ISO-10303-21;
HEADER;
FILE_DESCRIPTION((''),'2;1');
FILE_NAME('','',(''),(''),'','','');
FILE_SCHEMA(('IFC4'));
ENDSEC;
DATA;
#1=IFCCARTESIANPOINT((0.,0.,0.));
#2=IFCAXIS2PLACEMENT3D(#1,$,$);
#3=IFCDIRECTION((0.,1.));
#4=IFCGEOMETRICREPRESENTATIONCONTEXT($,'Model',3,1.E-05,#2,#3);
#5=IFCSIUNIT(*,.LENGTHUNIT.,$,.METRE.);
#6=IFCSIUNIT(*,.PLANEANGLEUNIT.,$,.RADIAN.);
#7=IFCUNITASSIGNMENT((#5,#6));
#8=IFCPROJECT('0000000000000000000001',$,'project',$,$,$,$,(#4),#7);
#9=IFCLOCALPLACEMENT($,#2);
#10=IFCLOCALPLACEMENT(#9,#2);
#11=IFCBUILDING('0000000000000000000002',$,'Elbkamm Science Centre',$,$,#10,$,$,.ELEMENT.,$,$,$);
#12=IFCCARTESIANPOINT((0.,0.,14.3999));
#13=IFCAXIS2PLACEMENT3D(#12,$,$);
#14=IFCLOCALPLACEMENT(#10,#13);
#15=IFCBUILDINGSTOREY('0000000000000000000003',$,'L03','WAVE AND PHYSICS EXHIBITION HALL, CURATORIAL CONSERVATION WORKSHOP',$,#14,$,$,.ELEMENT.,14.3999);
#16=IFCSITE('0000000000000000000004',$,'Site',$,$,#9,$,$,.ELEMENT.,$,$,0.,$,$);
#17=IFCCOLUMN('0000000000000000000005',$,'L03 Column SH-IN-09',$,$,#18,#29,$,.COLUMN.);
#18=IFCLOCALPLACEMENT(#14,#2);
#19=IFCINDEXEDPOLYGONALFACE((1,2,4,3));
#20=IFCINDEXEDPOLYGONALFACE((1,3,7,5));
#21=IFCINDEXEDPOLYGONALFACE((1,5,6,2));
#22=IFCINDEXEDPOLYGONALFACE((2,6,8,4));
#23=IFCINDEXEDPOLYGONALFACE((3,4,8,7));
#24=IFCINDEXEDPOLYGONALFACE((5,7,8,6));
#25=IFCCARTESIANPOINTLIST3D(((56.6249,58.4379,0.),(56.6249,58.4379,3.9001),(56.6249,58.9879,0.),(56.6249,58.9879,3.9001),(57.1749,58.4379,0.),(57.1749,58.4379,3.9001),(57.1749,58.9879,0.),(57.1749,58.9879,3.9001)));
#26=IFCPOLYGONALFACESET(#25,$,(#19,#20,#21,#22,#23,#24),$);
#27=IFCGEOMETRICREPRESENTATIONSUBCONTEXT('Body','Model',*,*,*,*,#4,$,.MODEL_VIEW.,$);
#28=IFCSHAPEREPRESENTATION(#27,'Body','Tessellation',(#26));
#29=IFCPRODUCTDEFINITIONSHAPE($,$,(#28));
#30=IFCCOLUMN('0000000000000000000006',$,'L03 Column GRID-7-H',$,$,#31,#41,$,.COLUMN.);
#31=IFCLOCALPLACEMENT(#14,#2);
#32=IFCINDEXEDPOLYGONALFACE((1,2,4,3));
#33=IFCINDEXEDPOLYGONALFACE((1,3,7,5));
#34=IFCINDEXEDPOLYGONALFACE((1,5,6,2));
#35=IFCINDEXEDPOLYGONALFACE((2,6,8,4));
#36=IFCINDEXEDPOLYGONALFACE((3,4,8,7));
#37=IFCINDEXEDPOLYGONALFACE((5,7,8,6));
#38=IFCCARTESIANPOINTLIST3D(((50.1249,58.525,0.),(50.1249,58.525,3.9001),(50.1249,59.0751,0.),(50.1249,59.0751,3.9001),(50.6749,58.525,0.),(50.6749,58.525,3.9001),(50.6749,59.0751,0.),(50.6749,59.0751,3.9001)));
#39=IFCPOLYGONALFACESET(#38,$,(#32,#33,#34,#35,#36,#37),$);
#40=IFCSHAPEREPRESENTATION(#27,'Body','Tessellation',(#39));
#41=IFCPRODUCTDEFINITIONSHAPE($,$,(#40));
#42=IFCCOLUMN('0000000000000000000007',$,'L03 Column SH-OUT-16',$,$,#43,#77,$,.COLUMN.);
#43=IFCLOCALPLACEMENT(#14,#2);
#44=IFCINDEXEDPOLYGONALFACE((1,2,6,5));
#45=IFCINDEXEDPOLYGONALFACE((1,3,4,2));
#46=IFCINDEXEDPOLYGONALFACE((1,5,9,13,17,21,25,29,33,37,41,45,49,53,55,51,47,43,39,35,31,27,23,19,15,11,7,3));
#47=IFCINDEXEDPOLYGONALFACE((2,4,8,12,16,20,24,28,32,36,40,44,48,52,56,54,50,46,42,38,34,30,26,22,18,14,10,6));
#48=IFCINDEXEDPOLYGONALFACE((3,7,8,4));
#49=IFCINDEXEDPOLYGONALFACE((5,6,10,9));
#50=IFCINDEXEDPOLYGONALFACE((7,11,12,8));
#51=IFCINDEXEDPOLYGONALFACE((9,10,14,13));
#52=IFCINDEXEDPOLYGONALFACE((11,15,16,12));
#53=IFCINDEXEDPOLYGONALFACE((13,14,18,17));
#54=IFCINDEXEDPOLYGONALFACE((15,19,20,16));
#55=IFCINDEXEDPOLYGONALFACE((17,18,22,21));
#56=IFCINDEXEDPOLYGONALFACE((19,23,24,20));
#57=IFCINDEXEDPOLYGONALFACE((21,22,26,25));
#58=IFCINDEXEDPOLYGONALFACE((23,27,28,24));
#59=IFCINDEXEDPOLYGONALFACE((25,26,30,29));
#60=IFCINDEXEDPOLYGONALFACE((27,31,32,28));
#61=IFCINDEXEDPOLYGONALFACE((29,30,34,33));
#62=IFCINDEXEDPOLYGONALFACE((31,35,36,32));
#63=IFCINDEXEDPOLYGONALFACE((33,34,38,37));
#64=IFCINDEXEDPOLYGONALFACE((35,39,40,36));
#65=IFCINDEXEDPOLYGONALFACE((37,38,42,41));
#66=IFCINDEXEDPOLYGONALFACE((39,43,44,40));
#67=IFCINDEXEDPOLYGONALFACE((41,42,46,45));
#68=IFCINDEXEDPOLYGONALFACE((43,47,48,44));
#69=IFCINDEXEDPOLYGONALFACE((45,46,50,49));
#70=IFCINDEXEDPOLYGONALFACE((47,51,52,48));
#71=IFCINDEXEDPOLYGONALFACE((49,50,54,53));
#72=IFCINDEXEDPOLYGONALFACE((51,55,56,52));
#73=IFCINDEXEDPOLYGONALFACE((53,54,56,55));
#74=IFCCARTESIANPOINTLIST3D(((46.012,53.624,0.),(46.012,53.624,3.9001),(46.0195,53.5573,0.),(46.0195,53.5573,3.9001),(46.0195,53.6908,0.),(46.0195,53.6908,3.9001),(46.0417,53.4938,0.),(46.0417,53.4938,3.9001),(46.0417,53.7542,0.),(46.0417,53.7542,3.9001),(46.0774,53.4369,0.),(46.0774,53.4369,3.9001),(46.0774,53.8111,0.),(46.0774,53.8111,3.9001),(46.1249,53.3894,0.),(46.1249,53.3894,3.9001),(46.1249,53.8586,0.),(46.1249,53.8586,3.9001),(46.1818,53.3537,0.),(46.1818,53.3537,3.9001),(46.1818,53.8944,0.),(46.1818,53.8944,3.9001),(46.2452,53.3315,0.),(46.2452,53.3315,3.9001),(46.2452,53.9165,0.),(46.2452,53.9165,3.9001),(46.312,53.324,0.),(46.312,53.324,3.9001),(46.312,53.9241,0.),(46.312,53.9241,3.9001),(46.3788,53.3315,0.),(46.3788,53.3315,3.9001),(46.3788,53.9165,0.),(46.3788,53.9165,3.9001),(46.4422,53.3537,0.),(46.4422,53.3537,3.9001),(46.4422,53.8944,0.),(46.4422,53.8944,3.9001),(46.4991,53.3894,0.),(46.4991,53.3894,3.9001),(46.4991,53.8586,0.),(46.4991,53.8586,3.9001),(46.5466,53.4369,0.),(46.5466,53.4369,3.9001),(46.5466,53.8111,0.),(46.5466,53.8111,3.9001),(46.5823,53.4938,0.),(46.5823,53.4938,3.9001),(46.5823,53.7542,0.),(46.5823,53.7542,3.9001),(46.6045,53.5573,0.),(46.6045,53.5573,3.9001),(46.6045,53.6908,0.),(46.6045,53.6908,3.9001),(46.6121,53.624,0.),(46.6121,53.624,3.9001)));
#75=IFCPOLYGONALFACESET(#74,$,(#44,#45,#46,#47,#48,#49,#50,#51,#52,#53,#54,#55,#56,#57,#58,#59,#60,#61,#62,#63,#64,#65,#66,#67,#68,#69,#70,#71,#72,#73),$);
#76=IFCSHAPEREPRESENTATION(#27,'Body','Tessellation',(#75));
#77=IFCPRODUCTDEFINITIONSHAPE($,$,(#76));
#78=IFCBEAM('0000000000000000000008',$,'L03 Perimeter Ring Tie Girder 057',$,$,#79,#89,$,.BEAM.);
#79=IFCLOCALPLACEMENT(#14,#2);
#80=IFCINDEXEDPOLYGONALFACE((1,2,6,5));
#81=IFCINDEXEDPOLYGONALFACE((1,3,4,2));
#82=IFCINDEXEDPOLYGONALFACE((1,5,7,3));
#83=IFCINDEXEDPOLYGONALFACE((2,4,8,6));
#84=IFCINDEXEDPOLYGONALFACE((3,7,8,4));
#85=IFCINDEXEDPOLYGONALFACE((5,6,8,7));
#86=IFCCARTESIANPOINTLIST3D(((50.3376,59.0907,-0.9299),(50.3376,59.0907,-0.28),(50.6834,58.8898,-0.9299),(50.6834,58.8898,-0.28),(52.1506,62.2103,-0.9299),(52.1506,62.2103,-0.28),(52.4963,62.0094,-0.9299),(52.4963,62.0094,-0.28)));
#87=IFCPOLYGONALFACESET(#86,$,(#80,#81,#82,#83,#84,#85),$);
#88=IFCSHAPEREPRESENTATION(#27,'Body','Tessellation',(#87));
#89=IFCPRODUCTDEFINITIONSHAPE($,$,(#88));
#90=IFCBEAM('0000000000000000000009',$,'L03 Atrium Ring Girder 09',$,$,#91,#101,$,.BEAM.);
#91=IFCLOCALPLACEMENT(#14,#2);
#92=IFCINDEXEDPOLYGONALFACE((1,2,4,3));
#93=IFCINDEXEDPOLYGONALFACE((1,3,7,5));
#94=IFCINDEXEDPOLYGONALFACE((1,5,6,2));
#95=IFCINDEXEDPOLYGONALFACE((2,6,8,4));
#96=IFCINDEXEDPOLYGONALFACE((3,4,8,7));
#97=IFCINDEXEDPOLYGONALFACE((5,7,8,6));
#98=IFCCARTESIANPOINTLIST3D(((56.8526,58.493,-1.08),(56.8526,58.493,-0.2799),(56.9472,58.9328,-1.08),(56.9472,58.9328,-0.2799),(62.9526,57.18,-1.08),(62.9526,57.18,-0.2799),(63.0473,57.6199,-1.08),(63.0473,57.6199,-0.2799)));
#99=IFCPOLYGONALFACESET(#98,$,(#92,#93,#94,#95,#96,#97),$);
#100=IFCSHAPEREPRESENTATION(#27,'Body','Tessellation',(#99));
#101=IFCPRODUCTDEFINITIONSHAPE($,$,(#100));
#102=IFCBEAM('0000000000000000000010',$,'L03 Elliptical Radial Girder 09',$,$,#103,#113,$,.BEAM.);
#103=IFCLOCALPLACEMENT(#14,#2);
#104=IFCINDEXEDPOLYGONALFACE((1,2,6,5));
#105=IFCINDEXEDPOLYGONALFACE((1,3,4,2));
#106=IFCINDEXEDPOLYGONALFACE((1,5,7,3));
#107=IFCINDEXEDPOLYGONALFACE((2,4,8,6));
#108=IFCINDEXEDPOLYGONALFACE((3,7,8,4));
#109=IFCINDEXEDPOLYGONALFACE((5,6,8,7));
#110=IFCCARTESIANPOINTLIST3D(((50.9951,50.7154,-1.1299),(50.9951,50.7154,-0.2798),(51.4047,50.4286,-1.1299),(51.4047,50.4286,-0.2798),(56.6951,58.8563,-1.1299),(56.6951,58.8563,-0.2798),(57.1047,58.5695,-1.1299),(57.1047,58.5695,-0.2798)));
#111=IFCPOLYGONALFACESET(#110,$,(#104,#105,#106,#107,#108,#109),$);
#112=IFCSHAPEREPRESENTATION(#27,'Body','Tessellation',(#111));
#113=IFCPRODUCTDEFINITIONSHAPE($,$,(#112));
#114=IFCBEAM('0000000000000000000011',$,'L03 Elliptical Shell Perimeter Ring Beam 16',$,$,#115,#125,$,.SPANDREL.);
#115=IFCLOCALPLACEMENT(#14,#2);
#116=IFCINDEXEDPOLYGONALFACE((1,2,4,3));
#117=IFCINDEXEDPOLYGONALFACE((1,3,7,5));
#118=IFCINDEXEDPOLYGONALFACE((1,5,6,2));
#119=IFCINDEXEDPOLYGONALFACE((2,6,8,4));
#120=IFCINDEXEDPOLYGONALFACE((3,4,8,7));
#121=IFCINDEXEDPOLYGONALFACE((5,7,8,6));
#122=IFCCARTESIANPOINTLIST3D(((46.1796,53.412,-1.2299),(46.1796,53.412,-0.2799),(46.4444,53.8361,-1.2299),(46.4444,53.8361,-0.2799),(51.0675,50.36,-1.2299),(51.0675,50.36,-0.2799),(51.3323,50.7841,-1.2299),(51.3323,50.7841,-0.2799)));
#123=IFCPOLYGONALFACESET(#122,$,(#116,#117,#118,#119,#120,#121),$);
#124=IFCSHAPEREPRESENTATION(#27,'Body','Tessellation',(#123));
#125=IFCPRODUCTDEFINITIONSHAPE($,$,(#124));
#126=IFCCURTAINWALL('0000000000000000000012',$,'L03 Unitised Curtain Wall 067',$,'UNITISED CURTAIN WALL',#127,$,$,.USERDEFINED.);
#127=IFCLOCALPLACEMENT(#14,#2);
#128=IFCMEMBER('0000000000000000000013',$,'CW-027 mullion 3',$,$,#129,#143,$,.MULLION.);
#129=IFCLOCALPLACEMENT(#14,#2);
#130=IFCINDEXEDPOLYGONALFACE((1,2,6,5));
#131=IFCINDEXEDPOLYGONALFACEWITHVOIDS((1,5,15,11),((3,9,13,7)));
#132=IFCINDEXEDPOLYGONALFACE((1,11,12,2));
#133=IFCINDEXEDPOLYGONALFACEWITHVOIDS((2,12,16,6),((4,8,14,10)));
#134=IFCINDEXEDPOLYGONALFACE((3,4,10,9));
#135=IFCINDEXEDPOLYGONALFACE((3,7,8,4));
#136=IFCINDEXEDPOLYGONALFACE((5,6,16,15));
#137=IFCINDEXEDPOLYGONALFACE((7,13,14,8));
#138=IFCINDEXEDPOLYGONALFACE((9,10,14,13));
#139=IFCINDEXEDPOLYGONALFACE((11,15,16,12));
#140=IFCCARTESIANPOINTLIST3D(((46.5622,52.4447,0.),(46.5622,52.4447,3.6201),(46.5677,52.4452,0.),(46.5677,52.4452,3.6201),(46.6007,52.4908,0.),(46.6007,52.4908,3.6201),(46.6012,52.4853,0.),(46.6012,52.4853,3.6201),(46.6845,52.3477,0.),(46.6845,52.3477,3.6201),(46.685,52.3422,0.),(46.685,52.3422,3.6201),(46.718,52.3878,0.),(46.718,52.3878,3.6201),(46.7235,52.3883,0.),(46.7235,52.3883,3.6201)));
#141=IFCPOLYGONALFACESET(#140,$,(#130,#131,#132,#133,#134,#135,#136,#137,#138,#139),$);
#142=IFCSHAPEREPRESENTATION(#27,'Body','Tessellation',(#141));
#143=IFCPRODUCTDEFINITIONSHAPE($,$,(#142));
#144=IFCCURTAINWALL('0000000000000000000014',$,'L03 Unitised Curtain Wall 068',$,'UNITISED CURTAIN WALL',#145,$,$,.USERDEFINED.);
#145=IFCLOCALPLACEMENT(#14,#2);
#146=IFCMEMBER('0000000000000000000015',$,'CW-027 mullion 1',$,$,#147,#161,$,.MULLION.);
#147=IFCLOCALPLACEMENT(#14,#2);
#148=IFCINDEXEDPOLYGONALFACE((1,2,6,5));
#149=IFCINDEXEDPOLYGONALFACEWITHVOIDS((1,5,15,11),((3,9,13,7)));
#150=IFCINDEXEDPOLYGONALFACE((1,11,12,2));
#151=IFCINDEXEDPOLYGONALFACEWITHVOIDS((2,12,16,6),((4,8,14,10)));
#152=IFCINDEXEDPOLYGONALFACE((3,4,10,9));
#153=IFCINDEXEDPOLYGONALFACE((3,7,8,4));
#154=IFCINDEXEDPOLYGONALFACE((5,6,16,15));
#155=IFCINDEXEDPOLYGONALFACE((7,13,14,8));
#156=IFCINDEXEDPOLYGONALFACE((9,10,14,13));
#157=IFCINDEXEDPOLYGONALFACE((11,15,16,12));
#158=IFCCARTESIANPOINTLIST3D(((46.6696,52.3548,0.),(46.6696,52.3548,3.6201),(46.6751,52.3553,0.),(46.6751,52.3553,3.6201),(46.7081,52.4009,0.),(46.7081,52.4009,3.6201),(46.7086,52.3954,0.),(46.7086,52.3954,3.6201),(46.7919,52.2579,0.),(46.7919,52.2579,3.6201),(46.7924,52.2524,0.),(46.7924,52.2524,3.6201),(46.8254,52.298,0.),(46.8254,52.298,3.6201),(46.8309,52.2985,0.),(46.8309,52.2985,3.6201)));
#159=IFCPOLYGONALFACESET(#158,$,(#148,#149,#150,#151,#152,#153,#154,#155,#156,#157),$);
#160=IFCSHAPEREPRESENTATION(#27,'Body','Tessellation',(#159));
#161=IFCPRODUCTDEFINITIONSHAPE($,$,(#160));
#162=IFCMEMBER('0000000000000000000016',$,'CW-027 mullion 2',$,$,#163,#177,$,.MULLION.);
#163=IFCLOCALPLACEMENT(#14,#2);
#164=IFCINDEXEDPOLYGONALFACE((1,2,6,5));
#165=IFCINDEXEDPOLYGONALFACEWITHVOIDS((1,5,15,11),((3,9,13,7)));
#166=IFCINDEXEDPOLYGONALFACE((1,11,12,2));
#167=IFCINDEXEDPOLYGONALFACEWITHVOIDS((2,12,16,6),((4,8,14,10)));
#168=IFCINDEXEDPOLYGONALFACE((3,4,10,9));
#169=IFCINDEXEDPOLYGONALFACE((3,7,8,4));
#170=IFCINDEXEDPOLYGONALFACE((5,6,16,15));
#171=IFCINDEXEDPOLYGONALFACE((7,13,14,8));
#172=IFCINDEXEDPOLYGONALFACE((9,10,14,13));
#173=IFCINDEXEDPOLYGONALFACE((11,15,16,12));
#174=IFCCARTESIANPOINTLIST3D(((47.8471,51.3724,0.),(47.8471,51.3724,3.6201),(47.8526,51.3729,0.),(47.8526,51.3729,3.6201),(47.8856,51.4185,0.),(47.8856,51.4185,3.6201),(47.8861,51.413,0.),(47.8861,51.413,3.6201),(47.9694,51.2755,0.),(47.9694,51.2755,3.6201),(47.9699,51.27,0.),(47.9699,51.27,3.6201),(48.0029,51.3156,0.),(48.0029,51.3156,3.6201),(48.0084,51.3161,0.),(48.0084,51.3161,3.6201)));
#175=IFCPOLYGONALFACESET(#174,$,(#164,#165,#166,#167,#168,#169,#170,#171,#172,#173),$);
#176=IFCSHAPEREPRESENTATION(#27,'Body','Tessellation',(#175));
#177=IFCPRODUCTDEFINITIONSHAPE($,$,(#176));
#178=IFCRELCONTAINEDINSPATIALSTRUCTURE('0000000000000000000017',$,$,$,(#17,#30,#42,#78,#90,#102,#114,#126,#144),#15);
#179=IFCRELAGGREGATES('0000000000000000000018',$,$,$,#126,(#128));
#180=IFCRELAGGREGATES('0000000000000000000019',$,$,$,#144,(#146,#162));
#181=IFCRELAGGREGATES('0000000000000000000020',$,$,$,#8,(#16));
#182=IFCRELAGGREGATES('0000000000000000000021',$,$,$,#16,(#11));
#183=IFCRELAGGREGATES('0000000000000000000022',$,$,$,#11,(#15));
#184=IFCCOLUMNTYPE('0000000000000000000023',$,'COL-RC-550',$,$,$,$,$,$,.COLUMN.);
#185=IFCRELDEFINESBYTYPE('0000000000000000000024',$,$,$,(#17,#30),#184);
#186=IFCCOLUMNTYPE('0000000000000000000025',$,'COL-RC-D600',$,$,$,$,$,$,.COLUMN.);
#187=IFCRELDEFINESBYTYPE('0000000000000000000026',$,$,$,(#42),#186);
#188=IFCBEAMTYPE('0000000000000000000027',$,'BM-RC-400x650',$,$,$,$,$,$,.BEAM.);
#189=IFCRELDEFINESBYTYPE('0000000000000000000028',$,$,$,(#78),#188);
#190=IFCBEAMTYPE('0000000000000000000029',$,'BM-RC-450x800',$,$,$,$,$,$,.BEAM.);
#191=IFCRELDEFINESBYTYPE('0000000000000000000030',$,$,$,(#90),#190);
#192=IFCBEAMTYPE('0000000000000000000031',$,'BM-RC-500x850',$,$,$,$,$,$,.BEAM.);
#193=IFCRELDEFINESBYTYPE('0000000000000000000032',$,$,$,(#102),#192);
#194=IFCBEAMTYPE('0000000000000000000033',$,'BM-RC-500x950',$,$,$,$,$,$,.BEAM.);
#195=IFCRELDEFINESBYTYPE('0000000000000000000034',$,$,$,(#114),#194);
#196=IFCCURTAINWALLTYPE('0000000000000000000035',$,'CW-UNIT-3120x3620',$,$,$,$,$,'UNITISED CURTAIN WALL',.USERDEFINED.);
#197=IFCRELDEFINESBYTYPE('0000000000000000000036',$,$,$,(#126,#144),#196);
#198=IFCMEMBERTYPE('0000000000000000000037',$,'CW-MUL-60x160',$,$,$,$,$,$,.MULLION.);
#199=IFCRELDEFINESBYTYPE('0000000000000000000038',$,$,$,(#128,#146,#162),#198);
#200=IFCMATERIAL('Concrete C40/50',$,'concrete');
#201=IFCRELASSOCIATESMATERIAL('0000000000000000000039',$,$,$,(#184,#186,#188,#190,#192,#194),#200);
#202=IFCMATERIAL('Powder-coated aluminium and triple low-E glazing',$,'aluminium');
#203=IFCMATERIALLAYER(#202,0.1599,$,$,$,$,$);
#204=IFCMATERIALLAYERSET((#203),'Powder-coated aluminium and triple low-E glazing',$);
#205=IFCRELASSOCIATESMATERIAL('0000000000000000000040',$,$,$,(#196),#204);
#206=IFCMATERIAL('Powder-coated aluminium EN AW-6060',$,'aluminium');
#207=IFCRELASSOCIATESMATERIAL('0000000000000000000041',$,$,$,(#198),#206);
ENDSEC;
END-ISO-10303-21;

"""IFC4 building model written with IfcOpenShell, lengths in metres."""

from ifc_helpers import new_model, si_unit, direction, frame, origin, origin_2d, place, context, subcontext, project, spatial, rectangle, hollow_rectangle, circle, extrude, material, layer, layer_set, material_profile, profile_set, type_object, element, aggregate, save


model = new_model("IFC4")

# Units and contexts
model_context = context("Model", 3, precision=1e-05, world=origin(), true_north=direction((0.0, 1.0)))
body_context = subcontext(model_context, "Body", "Model", "MODEL_VIEW")
ifc_project = project(units=[si_unit("LENGTHUNIT", "METRE"), si_unit("PLANEANGLEUNIT", "RADIAN")], contexts=[model_context])

# Site, building, storey
site_placement = place(None, origin())
site = spatial("IfcSite", under=ifc_project, at=site_placement, Name="Site", CompositionType="ELEMENT", RefElevation=0.0)
building_placement = place(site_placement, origin())
building = spatial("IfcBuilding", under=site, at=building_placement, Name="Elbkamm Science Centre", CompositionType="ELEMENT")
storey_placement = place(building_placement, frame((0.0, 0.0, 14.3999)))
storey = spatial("IfcBuildingStorey", under=building, at=storey_placement, Name="L03", Description="WAVE AND PHYSICS EXHIBITION HALL, CURATORIAL CONSERVATION WORKSHOP", CompositionType="ELEMENT", Elevation=14.3999)

# Columns
ifc_material_1 = material(Name="Concrete C40/50", Category="concrete")
ifc_material_profile_1 = material_profile(ifc_material_1, rectangle(XDim=0.55, YDim=0.55, at=origin_2d()), Name="RC 550x550")
ifc_profile_set_1 = profile_set([ifc_material_profile_1], Name="Concrete C40/50")
column_type_1 = type_object("IfcColumnType", Name="COL-RC-550", PredefinedType="COLUMN", material=ifc_profile_set_1)
for number, where, z_axis, x_axis, name in (
    (1, (56.8999, 58.7129, 0.0), (0.0, 0.0, 1.0), (1.0, 0.0, 0.0), "L03 Column SH-IN-09"),
    (2, (50.3999, 58.8, 0.0), (0.0, 0.0, 1.0), (1.0, 0.0, 0.0), "L03 Column GRID-7-H"),
):
    element("IfcColumn", number, at=place(storey_placement, frame(where, z_axis=z_axis, x_axis=x_axis)), inside=storey, type_object=column_type_1, Name=name, PredefinedType="COLUMN", context=body_context, shape_type="SweptSolid", body=[
        extrude(rectangle(XDim=0.55, YDim=0.55, at=origin_2d()), origin(), (0.0, 0.0, 1.0), 3.9001),
    ])
ifc_material_profile_2 = material_profile(ifc_material_1, circle(Radius=0.3, at=origin_2d()), Name="RC D600")
ifc_profile_set_2 = profile_set([ifc_material_profile_2], Name="Concrete C40/50")
column_type_2 = type_object("IfcColumnType", Name="COL-RC-D600", PredefinedType="COLUMN", material=ifc_profile_set_2)
column_placement = place(storey_placement, frame((46.312, 53.624, 0.0), z_axis=(0.0, 0.0, 1.0), x_axis=(1.0, 0.0, 0.0)))
element("IfcColumn", 3, at=column_placement, inside=storey, type_object=column_type_2, Name="L03 Column SH-OUT-16", PredefinedType="COLUMN", context=body_context, shape_type="SweptSolid", body=[
    extrude(circle(Radius=0.3, at=origin_2d()), origin(), (0.0, 0.0, 1.0), 3.9001),
])

# Beams
ifc_material_profile_3 = material_profile(ifc_material_1, rectangle(XDim=0.3999, YDim=0.6499, at=origin_2d()), Name="RC 400x650")
ifc_profile_set_3 = profile_set([ifc_material_profile_3], Name="Concrete C40/50")
beam_type_1 = type_object("IfcBeamType", Name="BM-RC-400x650", PredefinedType="BEAM", material=ifc_profile_set_3)
beam_1_placement = place(storey_placement, frame((50.5105, 58.9902, -0.605), z_axis=(0.502465, 0.864597, 0.0), x_axis=(-0.864597, 0.502465, 0.0)))
element("IfcBeam", 4, at=beam_1_placement, inside=storey, type_object=beam_type_1, Name="L03 Perimeter Ring Tie Girder 057", PredefinedType="BEAM", context=body_context, shape_type="SweptSolid", body=[
    extrude(rectangle(XDim=0.3999, YDim=0.6499, at=origin_2d()), origin(), (0.0, 0.0, 1.0), 3.6082),
])
ifc_material_profile_4 = material_profile(ifc_material_1, rectangle(XDim=0.45, YDim=0.8, at=origin_2d()), Name="RC 450x800")
ifc_profile_set_4 = profile_set([ifc_material_profile_4], Name="Concrete C40/50")
beam_type_2 = type_object("IfcBeamType", Name="BM-RC-450x800", PredefinedType="BEAM", material=ifc_profile_set_4)
beam_2_placement = place(storey_placement, frame((56.8999, 58.7129, -0.6799), z_axis=(0.977611, -0.210421, 0.0), x_axis=(0.210421, 0.977611, 0.0)))
element("IfcBeam", 5, at=beam_2_placement, inside=storey, type_object=beam_type_2, Name="L03 Atrium Ring Girder 09", PredefinedType="BEAM", context=body_context, shape_type="SweptSolid", body=[
    extrude(rectangle(XDim=0.45, YDim=0.8, at=origin_2d()), origin(), (0.0, 0.0, 1.0), 6.2397),
])
ifc_material_profile_5 = material_profile(ifc_material_1, rectangle(XDim=0.5, YDim=0.8501, at=origin_2d()), Name="RC 500x850")
ifc_profile_set_5 = profile_set([ifc_material_profile_5], Name="Concrete C40/50")
beam_type_3 = type_object("IfcBeamType", Name="BM-RC-500x850", PredefinedType="BEAM", material=ifc_profile_set_5)
beam_3_placement = place(storey_placement, frame((56.8999, 58.7129, -0.7048), z_axis=(-0.573553, -0.819168, 0.0), x_axis=(0.819168, -0.573553, 0.0)))
element("IfcBeam", 6, at=beam_3_placement, inside=storey, type_object=beam_type_3, Name="L03 Elliptical Radial Girder 09", PredefinedType="BEAM", context=body_context, shape_type="SweptSolid", body=[
    extrude(rectangle(XDim=0.5, YDim=0.8501, at=origin_2d()), origin(), (0.0, 0.0, 1.0), 9.938),
])
ifc_material_profile_6 = material_profile(ifc_material_1, rectangle(XDim=0.5, YDim=0.95, at=origin_2d()), Name="RC 500x950")
ifc_profile_set_6 = profile_set([ifc_material_profile_6], Name="Concrete C40/50")
beam_type_4 = type_object("IfcBeamType", Name="BM-RC-500x950", PredefinedType="BEAM", material=ifc_profile_set_6)
beam_4_placement = place(storey_placement, frame((46.312, 53.624, -0.7549), z_axis=(0.848229, -0.529629, 0.0), x_axis=(0.529629, 0.848229, 0.0)))
element("IfcBeam", 7, at=beam_4_placement, inside=storey, type_object=beam_type_4, Name="L03 Elliptical Shell Perimeter Ring Beam 16", PredefinedType="SPANDREL", context=body_context, shape_type="SweptSolid", body=[
    extrude(rectangle(XDim=0.5, YDim=0.95, at=origin_2d()), origin(), (0.0, 0.0, 1.0), 5.7625),
])

# Curtain wall, member
ifc_material_2 = material(Name="Powder-coated aluminium and triple low-E glazing", Category="aluminium")
ifc_layer_1 = layer(ifc_material_2, 0.1599)
ifc_layer_set_1 = layer_set([ifc_layer_1], Name="Powder-coated aluminium and triple low-E glazing")
curtain_wall_type = type_object("IfcCurtainWallType", Name="CW-UNIT-3120x3620", ElementType="UNITISED CURTAIN WALL", PredefinedType="USERDEFINED", material=ifc_layer_set_1)
curtain_wall_1_placement = place(storey_placement, origin())
curtain_wall_1 = element("IfcCurtainWall", 8, at=curtain_wall_1_placement, inside=storey, type_object=curtain_wall_type, Name="L03 Unitised Curtain Wall 067", ObjectType="UNITISED CURTAIN WALL", PredefinedType="USERDEFINED")
ifc_material_3 = material(Name="Powder-coated aluminium EN AW-6060", Category="aluminium")
ifc_material_profile_7 = material_profile(ifc_material_3, hollow_rectangle(XDim=0.0601, YDim=0.1599, WallThickness=0.0039, at=origin_2d()), Name="ALU M60x160")
ifc_profile_set_7 = profile_set([ifc_material_profile_7], Name="Powder-coated aluminium EN AW-6060")
member_type_1 = type_object("IfcMemberType", Name="CW-MUL-60x160", PredefinedType="MULLION", material=ifc_profile_set_7)
member_1_placement = place(storey_placement, frame((46.6428, 52.4165, 0.0), z_axis=(0.0, 0.0, 1.0), x_axis=(0.640647, 0.767836, 0.0)))
member_1 = element("IfcMember", 9, at=member_1_placement, type_object=member_type_1, Name="CW-027 mullion 3", PredefinedType="MULLION", context=body_context, shape_type="SweptSolid", body=[
    extrude(hollow_rectangle(XDim=0.0601, YDim=0.1599, WallThickness=0.0039, at=origin_2d()), origin(), (0.0, 0.0, 1.0), 3.6201),
])

# Curtain wall, members
curtain_wall_2_placement = place(storey_placement, origin())
curtain_wall_2 = element("IfcCurtainWall", 10, at=curtain_wall_2_placement, inside=storey, type_object=curtain_wall_type, Name="L03 Unitised Curtain Wall 068", ObjectType="UNITISED CURTAIN WALL", PredefinedType="USERDEFINED")
member_2_placement = place(storey_placement, frame((46.7502, 52.3267, 0.0), z_axis=(0.0, 0.0, 1.0), x_axis=(0.640647, 0.767836, 0.0)))
member_2 = element("IfcMember", 11, at=member_2_placement, type_object=member_type_1, Name="CW-027 mullion 1", PredefinedType="MULLION", context=body_context, shape_type="SweptSolid", body=[
    extrude(hollow_rectangle(XDim=0.0601, YDim=0.1599, WallThickness=0.0039, at=origin_2d()), origin(), (0.0, 0.0, 1.0), 3.6201),
])
member_3_placement = place(storey_placement, frame((47.9277, 51.3442, 0.0), z_axis=(0.0, 0.0, 1.0), x_axis=(0.640647, 0.767836, 0.0)))
member_3 = element("IfcMember", 12, at=member_3_placement, type_object=member_type_1, Name="CW-027 mullion 2", PredefinedType="MULLION", context=body_context, shape_type="SweptSolid", body=[
    extrude(hollow_rectangle(XDim=0.0601, YDim=0.1599, WallThickness=0.0039, at=origin_2d()), origin(), (0.0, 0.0, 1.0), 3.6201),
])

aggregate(curtain_wall_1, [member_1])
aggregate(curtain_wall_2, [member_2, member_3])

save(model, "model.ifc")
